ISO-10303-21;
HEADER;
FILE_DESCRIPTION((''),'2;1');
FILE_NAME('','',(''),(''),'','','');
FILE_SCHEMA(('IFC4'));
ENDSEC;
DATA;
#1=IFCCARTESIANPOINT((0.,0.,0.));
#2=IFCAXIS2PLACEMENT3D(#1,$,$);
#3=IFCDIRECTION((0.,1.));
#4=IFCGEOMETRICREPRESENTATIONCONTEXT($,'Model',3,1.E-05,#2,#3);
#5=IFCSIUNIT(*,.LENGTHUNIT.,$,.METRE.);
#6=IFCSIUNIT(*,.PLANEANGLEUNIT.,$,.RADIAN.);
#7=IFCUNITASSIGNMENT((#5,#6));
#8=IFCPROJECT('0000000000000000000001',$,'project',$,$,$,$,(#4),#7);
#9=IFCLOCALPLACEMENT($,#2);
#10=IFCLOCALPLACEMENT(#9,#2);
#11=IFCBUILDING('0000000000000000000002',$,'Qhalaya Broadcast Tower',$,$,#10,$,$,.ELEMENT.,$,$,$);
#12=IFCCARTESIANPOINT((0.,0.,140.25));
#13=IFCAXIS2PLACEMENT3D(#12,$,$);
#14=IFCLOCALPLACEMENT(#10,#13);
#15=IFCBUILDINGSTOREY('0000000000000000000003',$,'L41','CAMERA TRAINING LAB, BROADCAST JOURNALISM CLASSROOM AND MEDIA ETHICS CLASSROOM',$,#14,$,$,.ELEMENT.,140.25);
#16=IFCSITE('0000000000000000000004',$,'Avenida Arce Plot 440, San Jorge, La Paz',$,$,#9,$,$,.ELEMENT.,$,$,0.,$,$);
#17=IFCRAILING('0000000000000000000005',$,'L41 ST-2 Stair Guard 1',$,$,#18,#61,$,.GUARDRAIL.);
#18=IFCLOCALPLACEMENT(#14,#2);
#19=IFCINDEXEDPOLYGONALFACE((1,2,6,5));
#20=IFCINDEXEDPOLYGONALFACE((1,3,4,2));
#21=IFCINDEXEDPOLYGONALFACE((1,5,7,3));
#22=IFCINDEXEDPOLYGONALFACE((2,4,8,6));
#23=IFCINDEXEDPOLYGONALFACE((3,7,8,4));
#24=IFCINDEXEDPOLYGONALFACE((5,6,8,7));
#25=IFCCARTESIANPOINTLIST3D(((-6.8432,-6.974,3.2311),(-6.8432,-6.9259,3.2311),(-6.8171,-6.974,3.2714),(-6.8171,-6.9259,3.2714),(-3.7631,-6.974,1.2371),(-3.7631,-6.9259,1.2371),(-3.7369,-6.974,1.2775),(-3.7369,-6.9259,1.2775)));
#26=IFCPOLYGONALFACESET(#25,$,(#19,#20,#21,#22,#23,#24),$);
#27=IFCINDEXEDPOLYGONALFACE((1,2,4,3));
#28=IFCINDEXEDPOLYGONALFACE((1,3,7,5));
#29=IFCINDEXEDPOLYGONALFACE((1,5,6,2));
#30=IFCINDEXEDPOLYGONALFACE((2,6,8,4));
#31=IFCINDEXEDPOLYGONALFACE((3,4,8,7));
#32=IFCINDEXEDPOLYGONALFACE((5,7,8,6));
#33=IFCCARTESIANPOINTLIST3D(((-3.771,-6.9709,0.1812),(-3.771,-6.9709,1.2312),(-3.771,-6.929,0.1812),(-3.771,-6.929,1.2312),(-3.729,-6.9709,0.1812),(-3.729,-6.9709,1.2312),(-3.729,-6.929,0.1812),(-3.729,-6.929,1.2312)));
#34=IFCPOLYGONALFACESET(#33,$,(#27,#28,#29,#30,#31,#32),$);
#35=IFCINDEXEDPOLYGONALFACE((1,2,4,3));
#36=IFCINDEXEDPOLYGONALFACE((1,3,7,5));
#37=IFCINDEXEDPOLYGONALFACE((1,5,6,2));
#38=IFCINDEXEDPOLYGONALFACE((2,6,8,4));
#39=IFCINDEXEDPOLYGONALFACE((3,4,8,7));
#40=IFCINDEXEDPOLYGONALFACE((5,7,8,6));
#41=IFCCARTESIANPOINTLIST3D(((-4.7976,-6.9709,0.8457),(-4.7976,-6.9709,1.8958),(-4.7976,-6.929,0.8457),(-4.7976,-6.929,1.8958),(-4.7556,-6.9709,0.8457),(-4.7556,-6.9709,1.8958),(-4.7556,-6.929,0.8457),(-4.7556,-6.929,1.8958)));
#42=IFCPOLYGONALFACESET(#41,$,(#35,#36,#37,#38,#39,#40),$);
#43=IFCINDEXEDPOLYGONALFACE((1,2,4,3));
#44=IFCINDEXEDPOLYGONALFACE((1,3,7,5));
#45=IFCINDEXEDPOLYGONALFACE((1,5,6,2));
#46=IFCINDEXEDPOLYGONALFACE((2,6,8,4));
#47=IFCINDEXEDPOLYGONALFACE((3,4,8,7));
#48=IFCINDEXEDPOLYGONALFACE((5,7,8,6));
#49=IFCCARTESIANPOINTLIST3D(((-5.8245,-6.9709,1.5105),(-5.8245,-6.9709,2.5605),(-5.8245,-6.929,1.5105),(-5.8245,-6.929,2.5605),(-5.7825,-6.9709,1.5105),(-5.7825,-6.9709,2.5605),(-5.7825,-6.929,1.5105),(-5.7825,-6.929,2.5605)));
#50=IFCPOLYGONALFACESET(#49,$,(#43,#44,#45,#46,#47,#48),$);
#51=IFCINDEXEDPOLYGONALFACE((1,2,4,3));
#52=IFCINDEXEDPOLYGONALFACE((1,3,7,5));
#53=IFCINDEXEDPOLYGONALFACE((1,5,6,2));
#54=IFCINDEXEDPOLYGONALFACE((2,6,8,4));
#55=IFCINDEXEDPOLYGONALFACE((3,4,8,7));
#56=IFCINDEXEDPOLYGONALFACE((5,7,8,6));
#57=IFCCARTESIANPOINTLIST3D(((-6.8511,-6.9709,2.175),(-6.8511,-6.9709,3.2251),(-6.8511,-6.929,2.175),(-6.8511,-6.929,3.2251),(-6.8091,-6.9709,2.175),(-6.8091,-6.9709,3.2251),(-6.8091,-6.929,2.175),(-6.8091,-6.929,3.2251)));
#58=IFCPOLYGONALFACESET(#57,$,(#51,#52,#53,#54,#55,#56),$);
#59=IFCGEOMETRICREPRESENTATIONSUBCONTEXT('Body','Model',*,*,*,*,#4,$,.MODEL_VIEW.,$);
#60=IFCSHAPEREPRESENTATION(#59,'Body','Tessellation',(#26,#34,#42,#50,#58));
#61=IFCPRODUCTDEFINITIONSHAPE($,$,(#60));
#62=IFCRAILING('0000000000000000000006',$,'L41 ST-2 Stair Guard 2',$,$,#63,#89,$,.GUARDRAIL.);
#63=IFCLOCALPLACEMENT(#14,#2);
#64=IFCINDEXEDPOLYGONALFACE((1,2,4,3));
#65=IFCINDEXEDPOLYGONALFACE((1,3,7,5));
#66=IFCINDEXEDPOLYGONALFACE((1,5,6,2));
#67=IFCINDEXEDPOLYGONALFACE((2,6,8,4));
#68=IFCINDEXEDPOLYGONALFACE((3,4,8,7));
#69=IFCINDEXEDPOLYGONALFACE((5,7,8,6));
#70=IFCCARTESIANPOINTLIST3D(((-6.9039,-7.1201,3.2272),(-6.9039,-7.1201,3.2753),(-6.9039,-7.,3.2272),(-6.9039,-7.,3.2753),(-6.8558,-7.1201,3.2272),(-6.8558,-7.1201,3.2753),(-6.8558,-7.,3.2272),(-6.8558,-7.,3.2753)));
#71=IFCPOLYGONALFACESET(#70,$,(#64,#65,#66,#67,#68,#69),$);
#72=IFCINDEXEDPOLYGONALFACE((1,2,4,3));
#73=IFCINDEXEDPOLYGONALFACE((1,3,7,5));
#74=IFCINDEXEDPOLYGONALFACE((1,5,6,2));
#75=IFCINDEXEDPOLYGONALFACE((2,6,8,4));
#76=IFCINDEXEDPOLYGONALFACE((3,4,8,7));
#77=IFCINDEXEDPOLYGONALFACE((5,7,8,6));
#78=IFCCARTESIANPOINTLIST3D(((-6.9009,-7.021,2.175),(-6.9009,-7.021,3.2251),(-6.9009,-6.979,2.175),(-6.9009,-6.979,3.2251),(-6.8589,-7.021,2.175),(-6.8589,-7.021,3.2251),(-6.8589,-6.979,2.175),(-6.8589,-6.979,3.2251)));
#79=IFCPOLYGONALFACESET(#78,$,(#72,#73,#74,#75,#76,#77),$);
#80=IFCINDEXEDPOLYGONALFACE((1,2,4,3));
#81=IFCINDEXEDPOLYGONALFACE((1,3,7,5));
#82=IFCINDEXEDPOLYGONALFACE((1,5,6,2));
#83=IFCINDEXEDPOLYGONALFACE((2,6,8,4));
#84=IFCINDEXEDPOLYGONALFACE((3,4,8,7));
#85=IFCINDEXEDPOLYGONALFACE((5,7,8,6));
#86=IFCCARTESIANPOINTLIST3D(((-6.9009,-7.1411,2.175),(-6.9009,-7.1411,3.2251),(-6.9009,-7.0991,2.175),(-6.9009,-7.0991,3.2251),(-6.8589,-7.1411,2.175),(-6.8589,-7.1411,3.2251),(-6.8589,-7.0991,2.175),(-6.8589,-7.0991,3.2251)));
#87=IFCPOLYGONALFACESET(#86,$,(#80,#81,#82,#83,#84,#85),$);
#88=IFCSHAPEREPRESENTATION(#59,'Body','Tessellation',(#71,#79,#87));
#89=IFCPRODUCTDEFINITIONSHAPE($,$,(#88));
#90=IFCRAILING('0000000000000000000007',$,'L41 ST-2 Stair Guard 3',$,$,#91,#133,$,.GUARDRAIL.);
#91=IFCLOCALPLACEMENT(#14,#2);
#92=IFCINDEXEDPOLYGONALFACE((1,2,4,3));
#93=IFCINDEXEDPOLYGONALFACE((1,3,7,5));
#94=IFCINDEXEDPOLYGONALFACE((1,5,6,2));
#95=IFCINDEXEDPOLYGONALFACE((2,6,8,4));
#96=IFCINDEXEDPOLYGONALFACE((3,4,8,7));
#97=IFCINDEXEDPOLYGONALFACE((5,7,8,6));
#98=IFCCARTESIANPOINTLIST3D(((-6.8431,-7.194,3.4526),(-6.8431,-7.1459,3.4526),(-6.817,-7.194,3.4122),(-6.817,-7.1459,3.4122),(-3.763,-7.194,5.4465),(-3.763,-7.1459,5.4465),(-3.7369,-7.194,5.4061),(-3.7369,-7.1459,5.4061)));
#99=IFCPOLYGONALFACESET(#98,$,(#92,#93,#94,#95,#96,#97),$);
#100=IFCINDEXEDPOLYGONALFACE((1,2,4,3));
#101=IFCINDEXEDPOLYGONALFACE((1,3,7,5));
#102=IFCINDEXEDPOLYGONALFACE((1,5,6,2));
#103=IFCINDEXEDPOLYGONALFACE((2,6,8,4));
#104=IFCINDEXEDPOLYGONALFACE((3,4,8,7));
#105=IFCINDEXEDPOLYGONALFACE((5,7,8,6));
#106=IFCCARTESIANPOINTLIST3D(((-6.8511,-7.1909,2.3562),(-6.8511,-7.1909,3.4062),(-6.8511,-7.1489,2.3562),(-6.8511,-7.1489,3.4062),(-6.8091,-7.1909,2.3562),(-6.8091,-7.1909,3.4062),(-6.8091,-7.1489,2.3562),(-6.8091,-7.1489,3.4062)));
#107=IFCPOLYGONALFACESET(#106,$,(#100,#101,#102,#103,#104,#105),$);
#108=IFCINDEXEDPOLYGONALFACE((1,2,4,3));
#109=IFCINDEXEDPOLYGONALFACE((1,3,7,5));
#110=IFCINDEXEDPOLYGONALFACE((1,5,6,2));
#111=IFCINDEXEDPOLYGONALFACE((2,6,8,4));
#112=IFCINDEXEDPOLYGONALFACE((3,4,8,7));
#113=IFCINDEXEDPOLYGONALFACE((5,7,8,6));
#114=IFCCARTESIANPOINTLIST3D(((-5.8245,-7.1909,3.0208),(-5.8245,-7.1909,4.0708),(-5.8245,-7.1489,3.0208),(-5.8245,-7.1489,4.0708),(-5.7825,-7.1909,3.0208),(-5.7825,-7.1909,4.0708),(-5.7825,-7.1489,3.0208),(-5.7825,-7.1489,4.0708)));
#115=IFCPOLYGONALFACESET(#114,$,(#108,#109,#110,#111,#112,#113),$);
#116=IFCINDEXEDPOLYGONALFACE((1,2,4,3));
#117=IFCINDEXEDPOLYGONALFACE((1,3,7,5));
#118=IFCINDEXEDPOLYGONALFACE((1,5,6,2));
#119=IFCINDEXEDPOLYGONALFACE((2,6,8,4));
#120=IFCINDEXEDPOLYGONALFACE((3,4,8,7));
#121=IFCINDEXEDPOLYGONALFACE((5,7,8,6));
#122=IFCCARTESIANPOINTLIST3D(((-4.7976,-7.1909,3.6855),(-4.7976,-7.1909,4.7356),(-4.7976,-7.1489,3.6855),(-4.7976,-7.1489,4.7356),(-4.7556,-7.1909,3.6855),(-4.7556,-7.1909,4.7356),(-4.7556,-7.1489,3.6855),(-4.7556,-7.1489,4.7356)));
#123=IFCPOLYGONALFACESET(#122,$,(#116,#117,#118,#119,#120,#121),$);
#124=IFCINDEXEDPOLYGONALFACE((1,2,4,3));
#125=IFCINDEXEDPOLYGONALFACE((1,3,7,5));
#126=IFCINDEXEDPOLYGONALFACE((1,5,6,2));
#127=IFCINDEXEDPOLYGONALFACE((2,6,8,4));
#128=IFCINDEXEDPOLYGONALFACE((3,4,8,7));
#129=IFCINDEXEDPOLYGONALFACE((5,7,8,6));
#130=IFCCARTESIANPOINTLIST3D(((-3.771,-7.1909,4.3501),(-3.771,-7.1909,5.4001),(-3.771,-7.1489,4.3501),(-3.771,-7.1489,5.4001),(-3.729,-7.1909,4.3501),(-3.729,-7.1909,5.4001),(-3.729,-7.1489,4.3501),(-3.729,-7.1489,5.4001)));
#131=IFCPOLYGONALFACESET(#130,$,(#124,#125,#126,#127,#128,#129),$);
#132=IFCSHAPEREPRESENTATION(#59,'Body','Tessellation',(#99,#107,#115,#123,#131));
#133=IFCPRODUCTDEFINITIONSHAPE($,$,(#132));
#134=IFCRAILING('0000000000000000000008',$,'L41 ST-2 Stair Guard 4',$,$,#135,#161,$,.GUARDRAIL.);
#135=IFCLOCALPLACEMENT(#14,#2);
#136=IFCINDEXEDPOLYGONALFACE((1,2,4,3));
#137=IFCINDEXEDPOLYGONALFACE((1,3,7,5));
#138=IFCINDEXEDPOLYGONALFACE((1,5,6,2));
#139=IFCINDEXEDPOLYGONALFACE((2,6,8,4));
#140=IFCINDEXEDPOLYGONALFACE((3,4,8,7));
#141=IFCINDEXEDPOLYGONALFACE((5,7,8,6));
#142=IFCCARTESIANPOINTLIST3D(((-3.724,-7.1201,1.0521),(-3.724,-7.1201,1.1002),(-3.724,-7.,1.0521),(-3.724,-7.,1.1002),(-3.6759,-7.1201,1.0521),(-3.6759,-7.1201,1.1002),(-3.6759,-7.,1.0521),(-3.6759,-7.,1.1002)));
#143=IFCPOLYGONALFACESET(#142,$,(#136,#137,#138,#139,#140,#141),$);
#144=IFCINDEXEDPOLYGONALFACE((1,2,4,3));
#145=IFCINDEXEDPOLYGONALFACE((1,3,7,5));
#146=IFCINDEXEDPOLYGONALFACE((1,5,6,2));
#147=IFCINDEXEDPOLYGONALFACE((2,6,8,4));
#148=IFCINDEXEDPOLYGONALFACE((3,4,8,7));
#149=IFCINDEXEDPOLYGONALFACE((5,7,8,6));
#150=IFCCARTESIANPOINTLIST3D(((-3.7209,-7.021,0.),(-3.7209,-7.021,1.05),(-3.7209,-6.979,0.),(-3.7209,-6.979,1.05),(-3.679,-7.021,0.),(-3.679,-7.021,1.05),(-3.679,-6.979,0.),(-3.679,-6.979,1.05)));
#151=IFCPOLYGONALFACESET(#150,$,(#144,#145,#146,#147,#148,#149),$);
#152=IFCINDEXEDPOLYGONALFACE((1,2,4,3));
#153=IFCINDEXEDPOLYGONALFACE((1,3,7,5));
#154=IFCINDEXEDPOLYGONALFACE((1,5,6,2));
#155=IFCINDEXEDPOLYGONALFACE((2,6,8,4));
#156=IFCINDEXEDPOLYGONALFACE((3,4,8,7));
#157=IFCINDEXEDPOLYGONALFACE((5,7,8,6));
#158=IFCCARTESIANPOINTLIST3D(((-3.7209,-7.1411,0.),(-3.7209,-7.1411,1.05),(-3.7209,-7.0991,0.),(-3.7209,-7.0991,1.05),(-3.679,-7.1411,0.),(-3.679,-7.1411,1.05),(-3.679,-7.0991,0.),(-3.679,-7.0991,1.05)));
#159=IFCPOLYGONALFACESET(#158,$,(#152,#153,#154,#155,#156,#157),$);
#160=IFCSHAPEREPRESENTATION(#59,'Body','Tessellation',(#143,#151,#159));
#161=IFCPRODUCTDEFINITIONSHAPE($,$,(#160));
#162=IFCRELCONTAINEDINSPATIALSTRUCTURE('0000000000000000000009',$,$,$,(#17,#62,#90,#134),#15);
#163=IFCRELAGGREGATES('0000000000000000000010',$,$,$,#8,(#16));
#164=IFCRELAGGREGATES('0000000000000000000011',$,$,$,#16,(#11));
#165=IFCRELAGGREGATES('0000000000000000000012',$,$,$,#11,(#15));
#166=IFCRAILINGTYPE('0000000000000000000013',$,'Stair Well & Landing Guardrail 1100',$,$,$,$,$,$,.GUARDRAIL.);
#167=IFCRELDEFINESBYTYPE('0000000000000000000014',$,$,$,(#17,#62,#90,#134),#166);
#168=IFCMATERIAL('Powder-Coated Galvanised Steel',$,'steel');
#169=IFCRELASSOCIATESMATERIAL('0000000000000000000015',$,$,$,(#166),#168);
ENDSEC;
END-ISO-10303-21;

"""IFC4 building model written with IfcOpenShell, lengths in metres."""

from ifc_helpers import new_model, si_unit, direction, frame, origin, origin_2d, place, context, subcontext, project, spatial, rectangle, extrude, material, type_object, element, save


model = new_model("IFC4")

# Units and contexts
model_context = context("Model", 3, precision=1e-05, world=origin(), true_north=direction((0.0, 1.0)))
body_context = subcontext(model_context, "Body", "Model", "MODEL_VIEW")
ifc_project = project(units=[si_unit("LENGTHUNIT", "METRE"), si_unit("PLANEANGLEUNIT", "RADIAN")], contexts=[model_context])

# Site, building, storey
site_placement = place(None, origin())
site = spatial("IfcSite", under=ifc_project, at=site_placement, Name="Avenida Arce Plot 440, San Jorge, La Paz", CompositionType="ELEMENT", RefElevation=0.0)
building_placement = place(site_placement, origin())
building = spatial("IfcBuilding", under=site, at=building_placement, Name="Qhalaya Broadcast Tower", CompositionType="ELEMENT")
storey_placement = place(building_placement, frame((0.0, 0.0, 140.25)))
storey = spatial("IfcBuildingStorey", under=building, at=storey_placement, Name="L41", Description="CAMERA TRAINING LAB, BROADCAST JOURNALISM CLASSROOM AND MEDIA ETHICS CLASSROOM", CompositionType="ELEMENT", Elevation=140.25)

# Railings
ifc_material_1 = material(Name="Powder-Coated Galvanised Steel", Category="steel")
railing_type_1 = type_object("IfcRailingType", Name="Stair Well & Landing Guardrail 1100", PredefinedType="GUARDRAIL", material=ifc_material_1)
railing_1_placement = place(storey_placement, frame((-3.75, -6.95, 0.1812)))
element("IfcRailing", 1, at=railing_1_placement, inside=storey, type_object=railing_type_1, Name="L41 ST-2 Stair Guard 1", PredefinedType="GUARDRAIL", context=body_context, shape_type="SweptSolid", body=[
    extrude(rectangle(XDim=0.0481, YDim=0.0481, at=origin_2d()), frame((0.0, 0.0, 1.0762), z_axis=(-0.839458, 0.0, 0.543425), x_axis=(0.0, -1.0, 0.0)), (0.0, 0.0, 1.0), 3.6692),
    extrude(rectangle(XDim=0.042, YDim=0.042, at=origin_2d()), origin(), (0.0, 0.0, 1.0), 1.05),
    extrude(rectangle(XDim=0.042, YDim=0.042, at=origin_2d()), frame((-1.0266, 0.0, 0.6646)), (0.0, 0.0, 1.0), 1.05),
    extrude(rectangle(XDim=0.042, YDim=0.042, at=origin_2d()), frame((-2.0535, 0.0, 1.3293)), (0.0, 0.0, 1.0), 1.05),
    extrude(rectangle(XDim=0.042, YDim=0.042, at=origin_2d()), frame((-3.0801, 0.0, 1.9939)), (0.0, 0.0, 1.0), 1.05),
])
railing_2_placement = place(storey_placement, frame((-6.8799, -7.0, 2.175)))
element("IfcRailing", 2, at=railing_2_placement, inside=storey, type_object=railing_type_1, Name="L41 ST-2 Stair Guard 2", PredefinedType="GUARDRAIL", context=body_context, shape_type="SweptSolid", body=[
    extrude(rectangle(XDim=0.0481, YDim=0.0481, at=origin_2d()), frame((0.0, 0.0, 1.0762), z_axis=(0.0, -1.0, 0.0), x_axis=(1.0, 0.0, 0.0)), (0.0, 0.0, 1.0), 0.1201),
    extrude(rectangle(XDim=0.042, YDim=0.042, at=origin_2d()), origin(), (0.0, 0.0, 1.0), 1.05),
    extrude(rectangle(XDim=0.042, YDim=0.042, at=origin_2d()), frame((0.0, -0.1201, 0.0)), (0.0, 0.0, 1.0), 1.05),
])
railing_3_placement = place(storey_placement, frame((-6.8301, -7.1699, 2.3562)))
element("IfcRailing", 3, at=railing_3_placement, inside=storey, type_object=railing_type_1, Name="L41 ST-2 Stair Guard 3", PredefinedType="GUARDRAIL", context=body_context, shape_type="SweptSolid", body=[
    extrude(rectangle(XDim=0.0481, YDim=0.0481, at=origin_2d()), frame((0.0, 0.0, 1.0762), z_axis=(0.839458, 0.0, 0.543425), x_axis=(0.0, 1.0, 0.0)), (0.0, 0.0, 1.0), 3.6692),
    extrude(rectangle(XDim=0.042, YDim=0.042, at=origin_2d()), origin(), (0.0, 0.0, 1.0), 1.05),
    extrude(rectangle(XDim=0.042, YDim=0.042, at=origin_2d()), frame((1.0266, 0.0, 0.6646)), (0.0, 0.0, 1.0), 1.05),
    extrude(rectangle(XDim=0.042, YDim=0.042, at=origin_2d()), frame((2.0535, 0.0, 1.3293)), (0.0, 0.0, 1.0), 1.05),
    extrude(rectangle(XDim=0.042, YDim=0.042, at=origin_2d()), frame((3.0801, 0.0, 1.9939)), (0.0, 0.0, 1.0), 1.05),
])
railing_4_placement = place(storey_placement, frame((-3.7, -7.0, 0.0)))
element("IfcRailing", 4, at=railing_4_placement, inside=storey, type_object=railing_type_1, Name="L41 ST-2 Stair Guard 4", PredefinedType="GUARDRAIL", context=body_context, shape_type="SweptSolid", body=[
    extrude(rectangle(XDim=0.0481, YDim=0.0481, at=origin_2d()), frame((0.0, 0.0, 1.0762), z_axis=(0.0, -1.0, 0.0), x_axis=(1.0, 0.0, 0.0)), (0.0, 0.0, 1.0), 0.1201),
    extrude(rectangle(XDim=0.042, YDim=0.042, at=origin_2d()), origin(), (0.0, 0.0, 1.0), 1.05),
    extrude(rectangle(XDim=0.042, YDim=0.042, at=origin_2d()), frame((0.0, -0.1201, 0.0)), (0.0, 0.0, 1.0), 1.05),
])

save(model, "model.ifc")
